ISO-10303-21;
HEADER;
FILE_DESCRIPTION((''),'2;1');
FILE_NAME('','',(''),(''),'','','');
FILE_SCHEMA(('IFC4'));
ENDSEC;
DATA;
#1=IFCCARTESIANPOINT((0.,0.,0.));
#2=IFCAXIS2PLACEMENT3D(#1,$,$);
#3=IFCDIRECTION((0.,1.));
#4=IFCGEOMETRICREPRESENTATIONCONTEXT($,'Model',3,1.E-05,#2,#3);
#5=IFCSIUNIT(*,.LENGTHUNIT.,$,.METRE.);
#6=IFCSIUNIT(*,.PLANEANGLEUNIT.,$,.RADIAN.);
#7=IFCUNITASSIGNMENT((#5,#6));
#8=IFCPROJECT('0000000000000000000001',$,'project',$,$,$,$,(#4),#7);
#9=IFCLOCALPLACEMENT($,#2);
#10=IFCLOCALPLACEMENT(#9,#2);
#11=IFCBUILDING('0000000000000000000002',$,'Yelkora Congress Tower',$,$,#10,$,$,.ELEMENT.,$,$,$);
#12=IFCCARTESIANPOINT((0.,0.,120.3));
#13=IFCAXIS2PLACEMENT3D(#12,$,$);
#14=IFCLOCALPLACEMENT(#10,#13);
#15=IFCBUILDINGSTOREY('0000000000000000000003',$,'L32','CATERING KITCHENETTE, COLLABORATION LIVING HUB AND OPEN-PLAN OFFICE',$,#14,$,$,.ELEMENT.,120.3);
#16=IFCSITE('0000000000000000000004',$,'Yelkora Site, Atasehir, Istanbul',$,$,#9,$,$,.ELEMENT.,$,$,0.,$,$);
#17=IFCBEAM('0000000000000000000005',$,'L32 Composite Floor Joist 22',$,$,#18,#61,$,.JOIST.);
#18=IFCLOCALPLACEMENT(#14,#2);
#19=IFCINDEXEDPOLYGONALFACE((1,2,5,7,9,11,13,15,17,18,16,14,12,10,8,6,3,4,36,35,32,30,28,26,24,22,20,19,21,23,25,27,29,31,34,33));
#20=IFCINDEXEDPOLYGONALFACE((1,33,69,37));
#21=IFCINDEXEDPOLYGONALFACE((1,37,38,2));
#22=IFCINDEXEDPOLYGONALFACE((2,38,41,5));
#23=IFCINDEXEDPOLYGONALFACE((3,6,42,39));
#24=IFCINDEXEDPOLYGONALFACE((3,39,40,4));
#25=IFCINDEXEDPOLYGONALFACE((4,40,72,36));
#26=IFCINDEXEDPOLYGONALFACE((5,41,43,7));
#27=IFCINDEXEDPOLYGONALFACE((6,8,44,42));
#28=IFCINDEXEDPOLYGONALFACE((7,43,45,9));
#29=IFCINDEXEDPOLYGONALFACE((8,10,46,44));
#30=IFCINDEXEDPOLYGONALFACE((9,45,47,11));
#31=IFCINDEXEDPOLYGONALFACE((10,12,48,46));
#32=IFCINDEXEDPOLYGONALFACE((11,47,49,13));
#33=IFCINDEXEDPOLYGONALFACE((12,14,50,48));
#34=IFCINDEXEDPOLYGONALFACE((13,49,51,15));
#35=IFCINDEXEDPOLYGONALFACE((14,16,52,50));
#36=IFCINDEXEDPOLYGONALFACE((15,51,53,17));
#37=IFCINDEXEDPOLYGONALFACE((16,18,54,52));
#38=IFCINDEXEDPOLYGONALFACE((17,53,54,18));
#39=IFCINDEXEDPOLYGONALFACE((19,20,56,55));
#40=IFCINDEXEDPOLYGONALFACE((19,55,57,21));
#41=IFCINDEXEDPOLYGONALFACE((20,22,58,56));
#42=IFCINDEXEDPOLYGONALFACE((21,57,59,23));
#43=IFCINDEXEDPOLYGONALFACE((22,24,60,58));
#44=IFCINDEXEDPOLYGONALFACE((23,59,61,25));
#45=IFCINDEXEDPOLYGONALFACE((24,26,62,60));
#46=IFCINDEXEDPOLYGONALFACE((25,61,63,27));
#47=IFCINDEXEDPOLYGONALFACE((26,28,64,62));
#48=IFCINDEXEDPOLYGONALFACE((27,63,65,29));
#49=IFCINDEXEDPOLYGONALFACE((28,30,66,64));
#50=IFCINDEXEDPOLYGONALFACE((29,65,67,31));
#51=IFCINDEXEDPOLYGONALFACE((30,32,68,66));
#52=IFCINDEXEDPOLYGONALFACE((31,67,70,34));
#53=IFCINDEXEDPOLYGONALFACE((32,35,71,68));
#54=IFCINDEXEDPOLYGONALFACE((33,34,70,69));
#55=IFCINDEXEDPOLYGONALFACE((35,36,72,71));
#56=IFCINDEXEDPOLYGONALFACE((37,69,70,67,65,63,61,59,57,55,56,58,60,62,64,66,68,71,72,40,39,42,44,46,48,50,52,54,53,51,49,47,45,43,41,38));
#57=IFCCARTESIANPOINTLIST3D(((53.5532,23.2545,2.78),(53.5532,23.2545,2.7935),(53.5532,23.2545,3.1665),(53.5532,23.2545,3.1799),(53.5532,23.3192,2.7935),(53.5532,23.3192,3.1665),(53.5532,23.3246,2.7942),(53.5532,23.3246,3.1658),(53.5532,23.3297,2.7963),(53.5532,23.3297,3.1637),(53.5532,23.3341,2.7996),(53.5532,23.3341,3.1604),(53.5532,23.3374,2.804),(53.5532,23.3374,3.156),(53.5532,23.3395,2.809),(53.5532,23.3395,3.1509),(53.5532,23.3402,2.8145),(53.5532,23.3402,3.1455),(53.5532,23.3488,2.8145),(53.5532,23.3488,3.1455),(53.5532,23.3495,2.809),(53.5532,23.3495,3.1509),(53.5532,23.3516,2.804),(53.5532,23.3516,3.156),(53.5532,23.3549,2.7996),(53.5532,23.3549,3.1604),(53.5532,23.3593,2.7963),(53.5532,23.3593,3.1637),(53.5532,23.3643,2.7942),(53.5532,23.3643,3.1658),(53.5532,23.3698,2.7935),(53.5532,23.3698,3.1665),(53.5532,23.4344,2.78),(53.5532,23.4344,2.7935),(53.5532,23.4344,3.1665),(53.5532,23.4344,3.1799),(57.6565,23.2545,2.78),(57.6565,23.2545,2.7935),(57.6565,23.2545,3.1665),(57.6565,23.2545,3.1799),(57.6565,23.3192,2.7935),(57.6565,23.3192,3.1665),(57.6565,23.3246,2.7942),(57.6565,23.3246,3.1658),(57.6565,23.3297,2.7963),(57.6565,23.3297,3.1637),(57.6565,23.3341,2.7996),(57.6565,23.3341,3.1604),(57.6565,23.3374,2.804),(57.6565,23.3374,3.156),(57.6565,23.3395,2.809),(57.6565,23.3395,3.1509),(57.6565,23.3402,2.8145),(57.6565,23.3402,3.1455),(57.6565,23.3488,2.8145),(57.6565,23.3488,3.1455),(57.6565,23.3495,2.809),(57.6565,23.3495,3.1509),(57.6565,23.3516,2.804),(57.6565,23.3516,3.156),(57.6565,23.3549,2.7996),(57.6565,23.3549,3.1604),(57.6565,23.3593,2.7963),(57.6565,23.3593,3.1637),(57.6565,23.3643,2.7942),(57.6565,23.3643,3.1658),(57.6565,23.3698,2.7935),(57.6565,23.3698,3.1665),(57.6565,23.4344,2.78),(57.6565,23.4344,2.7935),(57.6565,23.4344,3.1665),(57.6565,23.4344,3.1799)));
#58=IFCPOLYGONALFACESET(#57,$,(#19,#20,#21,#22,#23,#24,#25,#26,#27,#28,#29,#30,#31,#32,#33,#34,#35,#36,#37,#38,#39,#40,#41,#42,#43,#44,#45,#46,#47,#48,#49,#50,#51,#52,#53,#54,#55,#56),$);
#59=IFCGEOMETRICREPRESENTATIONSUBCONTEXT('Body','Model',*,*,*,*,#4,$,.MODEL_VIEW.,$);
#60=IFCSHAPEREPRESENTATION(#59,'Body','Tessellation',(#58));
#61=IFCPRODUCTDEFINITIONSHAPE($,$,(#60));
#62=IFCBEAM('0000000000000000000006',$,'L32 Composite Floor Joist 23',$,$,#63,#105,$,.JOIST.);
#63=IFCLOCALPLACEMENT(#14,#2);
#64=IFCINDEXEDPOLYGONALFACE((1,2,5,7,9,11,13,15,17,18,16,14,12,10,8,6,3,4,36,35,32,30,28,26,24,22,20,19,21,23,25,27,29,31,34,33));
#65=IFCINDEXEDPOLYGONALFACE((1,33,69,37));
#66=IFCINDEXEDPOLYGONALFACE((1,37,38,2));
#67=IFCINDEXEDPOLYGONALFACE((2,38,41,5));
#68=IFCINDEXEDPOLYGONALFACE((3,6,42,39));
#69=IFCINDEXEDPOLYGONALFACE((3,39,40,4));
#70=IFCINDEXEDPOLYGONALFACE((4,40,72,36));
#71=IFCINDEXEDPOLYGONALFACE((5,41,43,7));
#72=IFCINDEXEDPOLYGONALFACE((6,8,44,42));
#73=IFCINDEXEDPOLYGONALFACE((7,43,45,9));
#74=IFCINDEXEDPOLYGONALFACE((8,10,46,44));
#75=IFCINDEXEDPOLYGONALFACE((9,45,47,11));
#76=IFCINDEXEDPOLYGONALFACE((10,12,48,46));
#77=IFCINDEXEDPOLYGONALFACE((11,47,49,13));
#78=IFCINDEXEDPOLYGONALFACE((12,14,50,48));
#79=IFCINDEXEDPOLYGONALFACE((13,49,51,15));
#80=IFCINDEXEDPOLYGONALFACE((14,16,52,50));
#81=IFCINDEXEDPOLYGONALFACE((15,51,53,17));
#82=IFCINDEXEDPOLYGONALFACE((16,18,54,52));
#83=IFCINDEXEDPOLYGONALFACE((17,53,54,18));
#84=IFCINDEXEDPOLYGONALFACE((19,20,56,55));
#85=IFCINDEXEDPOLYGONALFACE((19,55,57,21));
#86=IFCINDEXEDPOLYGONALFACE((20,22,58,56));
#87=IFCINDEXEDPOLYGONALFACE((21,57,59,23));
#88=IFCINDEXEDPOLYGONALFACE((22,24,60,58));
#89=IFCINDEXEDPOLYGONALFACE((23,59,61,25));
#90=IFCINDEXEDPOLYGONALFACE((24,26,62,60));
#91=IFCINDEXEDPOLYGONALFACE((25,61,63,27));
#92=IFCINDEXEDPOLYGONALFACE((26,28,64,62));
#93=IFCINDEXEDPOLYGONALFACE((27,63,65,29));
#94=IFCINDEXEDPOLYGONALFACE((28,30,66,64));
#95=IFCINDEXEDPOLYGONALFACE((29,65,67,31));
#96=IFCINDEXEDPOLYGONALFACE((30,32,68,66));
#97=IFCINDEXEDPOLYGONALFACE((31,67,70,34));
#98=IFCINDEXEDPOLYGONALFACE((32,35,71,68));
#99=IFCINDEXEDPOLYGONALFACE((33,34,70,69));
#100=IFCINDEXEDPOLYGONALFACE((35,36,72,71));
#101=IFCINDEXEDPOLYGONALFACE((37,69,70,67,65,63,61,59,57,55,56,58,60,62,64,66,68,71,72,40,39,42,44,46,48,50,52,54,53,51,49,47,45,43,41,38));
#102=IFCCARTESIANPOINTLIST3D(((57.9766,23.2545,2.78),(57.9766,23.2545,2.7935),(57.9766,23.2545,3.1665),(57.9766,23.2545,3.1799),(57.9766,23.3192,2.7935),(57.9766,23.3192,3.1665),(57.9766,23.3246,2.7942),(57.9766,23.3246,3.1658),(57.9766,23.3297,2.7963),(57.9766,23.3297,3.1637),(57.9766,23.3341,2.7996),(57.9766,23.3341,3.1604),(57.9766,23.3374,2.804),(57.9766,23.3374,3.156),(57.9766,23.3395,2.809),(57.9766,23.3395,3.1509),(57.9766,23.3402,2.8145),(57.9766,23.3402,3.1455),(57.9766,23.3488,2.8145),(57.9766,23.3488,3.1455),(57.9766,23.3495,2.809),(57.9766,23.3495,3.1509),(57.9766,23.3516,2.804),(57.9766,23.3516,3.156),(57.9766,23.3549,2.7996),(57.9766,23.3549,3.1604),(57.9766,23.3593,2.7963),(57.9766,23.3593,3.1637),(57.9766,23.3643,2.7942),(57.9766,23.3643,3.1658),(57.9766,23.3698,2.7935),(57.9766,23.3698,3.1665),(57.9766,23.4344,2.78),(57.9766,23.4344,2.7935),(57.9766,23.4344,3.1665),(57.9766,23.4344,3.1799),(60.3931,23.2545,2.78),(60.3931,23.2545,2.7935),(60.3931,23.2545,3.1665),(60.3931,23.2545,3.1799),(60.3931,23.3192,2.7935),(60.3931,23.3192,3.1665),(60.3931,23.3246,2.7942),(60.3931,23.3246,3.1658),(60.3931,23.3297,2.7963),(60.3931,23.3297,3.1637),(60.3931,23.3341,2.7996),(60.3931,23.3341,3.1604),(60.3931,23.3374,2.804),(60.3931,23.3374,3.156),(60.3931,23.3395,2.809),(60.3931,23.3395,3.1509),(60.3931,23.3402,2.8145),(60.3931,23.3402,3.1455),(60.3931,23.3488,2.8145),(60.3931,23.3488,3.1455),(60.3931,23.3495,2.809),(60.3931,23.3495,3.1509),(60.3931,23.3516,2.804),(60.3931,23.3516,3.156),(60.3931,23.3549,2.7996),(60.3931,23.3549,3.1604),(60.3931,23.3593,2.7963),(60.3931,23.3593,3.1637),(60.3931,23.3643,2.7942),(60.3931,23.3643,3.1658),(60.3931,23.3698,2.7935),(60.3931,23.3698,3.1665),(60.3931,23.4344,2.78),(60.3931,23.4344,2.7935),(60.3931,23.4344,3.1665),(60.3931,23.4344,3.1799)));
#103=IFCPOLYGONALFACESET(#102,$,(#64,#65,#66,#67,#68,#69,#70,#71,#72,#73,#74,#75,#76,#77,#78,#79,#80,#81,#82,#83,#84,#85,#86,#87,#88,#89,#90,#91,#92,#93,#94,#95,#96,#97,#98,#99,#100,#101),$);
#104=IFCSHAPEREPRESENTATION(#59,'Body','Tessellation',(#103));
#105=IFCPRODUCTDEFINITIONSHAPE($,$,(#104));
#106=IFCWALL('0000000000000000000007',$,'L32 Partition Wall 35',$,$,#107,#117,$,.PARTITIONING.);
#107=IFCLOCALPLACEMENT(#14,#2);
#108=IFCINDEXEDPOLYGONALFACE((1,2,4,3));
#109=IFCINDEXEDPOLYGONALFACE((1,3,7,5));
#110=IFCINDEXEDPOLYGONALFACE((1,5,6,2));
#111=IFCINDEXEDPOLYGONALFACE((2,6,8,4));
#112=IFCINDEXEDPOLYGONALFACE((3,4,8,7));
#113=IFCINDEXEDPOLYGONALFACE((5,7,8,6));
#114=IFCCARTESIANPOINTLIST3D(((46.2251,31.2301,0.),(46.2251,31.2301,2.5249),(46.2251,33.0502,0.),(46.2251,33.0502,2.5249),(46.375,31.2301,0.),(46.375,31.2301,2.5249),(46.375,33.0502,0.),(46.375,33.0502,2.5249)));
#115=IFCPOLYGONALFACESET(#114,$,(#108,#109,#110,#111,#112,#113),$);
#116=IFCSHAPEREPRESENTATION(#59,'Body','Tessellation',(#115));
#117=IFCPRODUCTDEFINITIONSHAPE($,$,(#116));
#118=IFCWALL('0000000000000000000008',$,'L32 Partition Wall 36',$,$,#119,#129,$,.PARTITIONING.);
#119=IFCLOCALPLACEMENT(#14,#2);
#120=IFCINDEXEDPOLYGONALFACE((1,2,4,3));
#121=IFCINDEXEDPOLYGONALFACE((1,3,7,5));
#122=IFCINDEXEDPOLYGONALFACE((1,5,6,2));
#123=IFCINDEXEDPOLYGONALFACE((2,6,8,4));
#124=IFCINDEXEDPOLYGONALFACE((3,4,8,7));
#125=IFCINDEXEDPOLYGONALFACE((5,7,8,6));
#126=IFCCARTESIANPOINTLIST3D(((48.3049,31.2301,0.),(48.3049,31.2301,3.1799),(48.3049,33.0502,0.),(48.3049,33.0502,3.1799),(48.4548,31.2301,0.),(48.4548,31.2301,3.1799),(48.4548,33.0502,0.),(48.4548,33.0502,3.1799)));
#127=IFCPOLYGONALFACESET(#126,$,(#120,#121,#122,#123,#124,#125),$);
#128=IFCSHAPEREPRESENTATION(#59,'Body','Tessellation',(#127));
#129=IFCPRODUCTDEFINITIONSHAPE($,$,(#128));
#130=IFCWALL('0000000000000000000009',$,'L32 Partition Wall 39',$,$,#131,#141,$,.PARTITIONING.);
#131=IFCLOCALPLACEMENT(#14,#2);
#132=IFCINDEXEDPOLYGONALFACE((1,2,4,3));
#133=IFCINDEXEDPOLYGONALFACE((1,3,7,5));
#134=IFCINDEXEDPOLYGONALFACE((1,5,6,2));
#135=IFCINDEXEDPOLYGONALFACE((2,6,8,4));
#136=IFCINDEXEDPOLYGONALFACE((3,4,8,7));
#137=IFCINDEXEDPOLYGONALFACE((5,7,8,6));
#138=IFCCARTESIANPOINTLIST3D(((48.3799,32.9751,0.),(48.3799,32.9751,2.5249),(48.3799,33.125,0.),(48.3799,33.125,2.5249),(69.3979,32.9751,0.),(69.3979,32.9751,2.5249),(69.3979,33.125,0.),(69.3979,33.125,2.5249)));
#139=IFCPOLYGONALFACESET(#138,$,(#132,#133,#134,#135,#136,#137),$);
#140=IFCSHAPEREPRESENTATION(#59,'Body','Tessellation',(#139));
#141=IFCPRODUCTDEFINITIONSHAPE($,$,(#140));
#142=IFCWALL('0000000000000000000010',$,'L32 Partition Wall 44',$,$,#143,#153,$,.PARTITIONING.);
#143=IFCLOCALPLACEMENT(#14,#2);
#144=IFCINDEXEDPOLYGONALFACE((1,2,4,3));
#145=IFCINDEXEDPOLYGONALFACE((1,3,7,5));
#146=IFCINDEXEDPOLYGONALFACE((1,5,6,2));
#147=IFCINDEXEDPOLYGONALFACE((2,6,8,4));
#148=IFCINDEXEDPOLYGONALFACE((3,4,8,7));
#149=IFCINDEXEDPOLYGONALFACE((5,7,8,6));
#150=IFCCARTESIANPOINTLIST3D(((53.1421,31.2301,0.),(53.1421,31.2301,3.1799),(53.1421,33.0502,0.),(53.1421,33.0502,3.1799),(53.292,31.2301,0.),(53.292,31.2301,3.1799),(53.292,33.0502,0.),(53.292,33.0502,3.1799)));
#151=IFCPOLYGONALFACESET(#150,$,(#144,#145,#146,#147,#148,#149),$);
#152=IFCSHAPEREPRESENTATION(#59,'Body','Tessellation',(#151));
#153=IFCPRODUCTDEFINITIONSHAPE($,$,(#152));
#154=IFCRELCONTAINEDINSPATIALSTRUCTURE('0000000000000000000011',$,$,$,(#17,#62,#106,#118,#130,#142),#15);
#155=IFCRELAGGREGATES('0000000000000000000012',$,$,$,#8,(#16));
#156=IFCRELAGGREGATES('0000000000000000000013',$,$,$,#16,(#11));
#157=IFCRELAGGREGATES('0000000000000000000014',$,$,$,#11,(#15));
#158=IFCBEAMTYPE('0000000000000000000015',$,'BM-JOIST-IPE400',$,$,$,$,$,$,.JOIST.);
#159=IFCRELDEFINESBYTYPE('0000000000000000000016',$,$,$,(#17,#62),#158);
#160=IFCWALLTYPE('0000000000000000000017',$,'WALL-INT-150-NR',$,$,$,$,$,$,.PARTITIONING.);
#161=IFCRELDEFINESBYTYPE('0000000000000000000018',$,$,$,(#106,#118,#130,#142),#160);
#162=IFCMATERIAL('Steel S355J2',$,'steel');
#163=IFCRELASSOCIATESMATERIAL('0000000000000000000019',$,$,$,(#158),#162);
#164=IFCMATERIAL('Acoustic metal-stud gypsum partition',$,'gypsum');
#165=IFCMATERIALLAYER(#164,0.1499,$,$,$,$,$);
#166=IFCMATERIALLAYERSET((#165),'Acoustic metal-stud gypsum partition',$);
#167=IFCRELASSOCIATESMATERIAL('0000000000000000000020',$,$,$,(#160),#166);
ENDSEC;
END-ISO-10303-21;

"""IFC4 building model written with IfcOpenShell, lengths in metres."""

from ifc_helpers import new_model, si_unit, direction, frame, frame_2d, origin, origin_2d, place, context, subcontext, project, spatial, rectangle, i_section, extrude, material, layer, layer_set, material_profile, profile_set, type_object, element, save


model = new_model("IFC4")

# Units and contexts
model_context = context("Model", 3, precision=1e-05, world=origin(), true_north=direction((0.0, 1.0)))
body_context = subcontext(model_context, "Body", "Model", "MODEL_VIEW")
ifc_project = project(units=[si_unit("LENGTHUNIT", "METRE"), si_unit("PLANEANGLEUNIT", "RADIAN")], contexts=[model_context])

# Site, building, storey
site_placement = place(None, origin())
site = spatial("IfcSite", under=ifc_project, at=site_placement, Name="Yelkora Site, Atasehir, Istanbul", CompositionType="ELEMENT", RefElevation=0.0)
building_placement = place(site_placement, origin())
building = spatial("IfcBuilding", under=site, at=building_placement, Name="Yelkora Congress Tower", CompositionType="ELEMENT")
storey_placement = place(building_placement, frame((0.0, 0.0, 120.3)))
storey = spatial("IfcBuildingStorey", under=building, at=storey_placement, Name="L32", Description="CATERING KITCHENETTE, COLLABORATION LIVING HUB AND OPEN-PLAN OFFICE", CompositionType="ELEMENT", Elevation=120.3)

# Beams
ifc_material_1 = material(Name="Steel S355J2", Category="steel")
ifc_material_profile_1 = material_profile(ifc_material_1, i_section(OverallWidth=0.1799, OverallDepth=0.3999, WebThickness=0.0085, FlangeThickness=0.0134, FilletRadius=0.021, at=origin_2d()), Name="IPE 400")
ifc_profile_set_1 = profile_set([ifc_material_profile_1], Name="Steel S355J2")
beam_type_1 = type_object("IfcBeamType", Name="BM-JOIST-IPE400", PredefinedType="JOIST", material=ifc_profile_set_1)
beam_1_placement = place(storey_placement, frame((53.5532, 23.3445, 2.98), z_axis=(1.0, 0.0, 0.0), x_axis=(0.0, 1.0, 0.0)))
element("IfcBeam", 1, at=beam_1_placement, inside=storey, type_object=beam_type_1, Name="L32 Composite Floor Joist 22", PredefinedType="JOIST", context=body_context, shape_type="SweptSolid", body=[
    extrude(i_section(OverallWidth=0.1799, OverallDepth=0.3999, WebThickness=0.0085, FlangeThickness=0.0134, FilletRadius=0.021, at=origin_2d()), origin(), (0.0, 0.0, 1.0), 4.1033),
])
beam_2_placement = place(storey_placement, frame((57.9766, 23.3445, 2.98), z_axis=(1.0, 0.0, 0.0), x_axis=(0.0, 1.0, 0.0)))
element("IfcBeam", 2, at=beam_2_placement, inside=storey, type_object=beam_type_1, Name="L32 Composite Floor Joist 23", PredefinedType="JOIST", context=body_context, shape_type="SweptSolid", body=[
    extrude(i_section(OverallWidth=0.1799, OverallDepth=0.3999, WebThickness=0.0085, FlangeThickness=0.0134, FilletRadius=0.021, at=origin_2d()), origin(), (0.0, 0.0, 1.0), 2.4165),
])

# Walls
ifc_material_2 = material(Name="Acoustic metal-stud gypsum partition", Category="gypsum")
ifc_layer = layer(ifc_material_2, 0.1499)
ifc_layer_set = layer_set([ifc_layer], Name="Acoustic metal-stud gypsum partition")
wall_type = type_object("IfcWallType", Name="WALL-INT-150-NR", PredefinedType="PARTITIONING", material=ifc_layer_set)
wall_1_placement = place(storey_placement, frame((46.3, 31.23, 0.0), z_axis=(0.0, 0.0, 1.0), x_axis=(0.0, 1.0, 0.0)))
element("IfcWall", 3, at=wall_1_placement, inside=storey, type_object=wall_type, Name="L32 Partition Wall 35", PredefinedType="PARTITIONING", context=body_context, shape_type="SweptSolid", body=[
    extrude(rectangle(XDim=1.8201, YDim=0.1499, at=frame_2d((0.9102, 0.0))), origin(), (0.0, 0.0, 1.0), 2.5249),
])
wall_2_placement = place(storey_placement, frame((48.3799, 31.23, 0.0), z_axis=(0.0, 0.0, 1.0), x_axis=(0.0, 1.0, 0.0)))
element("IfcWall", 4, at=wall_2_placement, inside=storey, type_object=wall_type, Name="L32 Partition Wall 36", PredefinedType="PARTITIONING", context=body_context, shape_type="SweptSolid", body=[
    extrude(rectangle(XDim=1.8201, YDim=0.1499, at=frame_2d((0.9102, 0.0))), origin(), (0.0, 0.0, 1.0), 3.1799),
])
wall_3_placement = place(storey_placement, frame((48.3799, 33.05, 0.0), z_axis=(0.0, 0.0, 1.0), x_axis=(1.0, 0.0, 0.0)))
element("IfcWall", 5, at=wall_3_placement, inside=storey, type_object=wall_type, Name="L32 Partition Wall 39", PredefinedType="PARTITIONING", context=body_context, shape_type="SweptSolid", body=[
    extrude(rectangle(XDim=21.0181, YDim=0.1499, at=frame_2d((10.509, 0.0))), origin(), (0.0, 0.0, 1.0), 2.5249),
])
wall_4_placement = place(storey_placement, frame((53.217, 31.23, 0.0), z_axis=(0.0, 0.0, 1.0), x_axis=(0.0, 1.0, 0.0)))
element("IfcWall", 6, at=wall_4_placement, inside=storey, type_object=wall_type, Name="L32 Partition Wall 44", PredefinedType="PARTITIONING", context=body_context, shape_type="SweptSolid", body=[
    extrude(rectangle(XDim=1.8201, YDim=0.1499, at=frame_2d((0.9102, 0.0))), origin(), (0.0, 0.0, 1.0), 3.1799),
])

save(model, "model.ifc")
